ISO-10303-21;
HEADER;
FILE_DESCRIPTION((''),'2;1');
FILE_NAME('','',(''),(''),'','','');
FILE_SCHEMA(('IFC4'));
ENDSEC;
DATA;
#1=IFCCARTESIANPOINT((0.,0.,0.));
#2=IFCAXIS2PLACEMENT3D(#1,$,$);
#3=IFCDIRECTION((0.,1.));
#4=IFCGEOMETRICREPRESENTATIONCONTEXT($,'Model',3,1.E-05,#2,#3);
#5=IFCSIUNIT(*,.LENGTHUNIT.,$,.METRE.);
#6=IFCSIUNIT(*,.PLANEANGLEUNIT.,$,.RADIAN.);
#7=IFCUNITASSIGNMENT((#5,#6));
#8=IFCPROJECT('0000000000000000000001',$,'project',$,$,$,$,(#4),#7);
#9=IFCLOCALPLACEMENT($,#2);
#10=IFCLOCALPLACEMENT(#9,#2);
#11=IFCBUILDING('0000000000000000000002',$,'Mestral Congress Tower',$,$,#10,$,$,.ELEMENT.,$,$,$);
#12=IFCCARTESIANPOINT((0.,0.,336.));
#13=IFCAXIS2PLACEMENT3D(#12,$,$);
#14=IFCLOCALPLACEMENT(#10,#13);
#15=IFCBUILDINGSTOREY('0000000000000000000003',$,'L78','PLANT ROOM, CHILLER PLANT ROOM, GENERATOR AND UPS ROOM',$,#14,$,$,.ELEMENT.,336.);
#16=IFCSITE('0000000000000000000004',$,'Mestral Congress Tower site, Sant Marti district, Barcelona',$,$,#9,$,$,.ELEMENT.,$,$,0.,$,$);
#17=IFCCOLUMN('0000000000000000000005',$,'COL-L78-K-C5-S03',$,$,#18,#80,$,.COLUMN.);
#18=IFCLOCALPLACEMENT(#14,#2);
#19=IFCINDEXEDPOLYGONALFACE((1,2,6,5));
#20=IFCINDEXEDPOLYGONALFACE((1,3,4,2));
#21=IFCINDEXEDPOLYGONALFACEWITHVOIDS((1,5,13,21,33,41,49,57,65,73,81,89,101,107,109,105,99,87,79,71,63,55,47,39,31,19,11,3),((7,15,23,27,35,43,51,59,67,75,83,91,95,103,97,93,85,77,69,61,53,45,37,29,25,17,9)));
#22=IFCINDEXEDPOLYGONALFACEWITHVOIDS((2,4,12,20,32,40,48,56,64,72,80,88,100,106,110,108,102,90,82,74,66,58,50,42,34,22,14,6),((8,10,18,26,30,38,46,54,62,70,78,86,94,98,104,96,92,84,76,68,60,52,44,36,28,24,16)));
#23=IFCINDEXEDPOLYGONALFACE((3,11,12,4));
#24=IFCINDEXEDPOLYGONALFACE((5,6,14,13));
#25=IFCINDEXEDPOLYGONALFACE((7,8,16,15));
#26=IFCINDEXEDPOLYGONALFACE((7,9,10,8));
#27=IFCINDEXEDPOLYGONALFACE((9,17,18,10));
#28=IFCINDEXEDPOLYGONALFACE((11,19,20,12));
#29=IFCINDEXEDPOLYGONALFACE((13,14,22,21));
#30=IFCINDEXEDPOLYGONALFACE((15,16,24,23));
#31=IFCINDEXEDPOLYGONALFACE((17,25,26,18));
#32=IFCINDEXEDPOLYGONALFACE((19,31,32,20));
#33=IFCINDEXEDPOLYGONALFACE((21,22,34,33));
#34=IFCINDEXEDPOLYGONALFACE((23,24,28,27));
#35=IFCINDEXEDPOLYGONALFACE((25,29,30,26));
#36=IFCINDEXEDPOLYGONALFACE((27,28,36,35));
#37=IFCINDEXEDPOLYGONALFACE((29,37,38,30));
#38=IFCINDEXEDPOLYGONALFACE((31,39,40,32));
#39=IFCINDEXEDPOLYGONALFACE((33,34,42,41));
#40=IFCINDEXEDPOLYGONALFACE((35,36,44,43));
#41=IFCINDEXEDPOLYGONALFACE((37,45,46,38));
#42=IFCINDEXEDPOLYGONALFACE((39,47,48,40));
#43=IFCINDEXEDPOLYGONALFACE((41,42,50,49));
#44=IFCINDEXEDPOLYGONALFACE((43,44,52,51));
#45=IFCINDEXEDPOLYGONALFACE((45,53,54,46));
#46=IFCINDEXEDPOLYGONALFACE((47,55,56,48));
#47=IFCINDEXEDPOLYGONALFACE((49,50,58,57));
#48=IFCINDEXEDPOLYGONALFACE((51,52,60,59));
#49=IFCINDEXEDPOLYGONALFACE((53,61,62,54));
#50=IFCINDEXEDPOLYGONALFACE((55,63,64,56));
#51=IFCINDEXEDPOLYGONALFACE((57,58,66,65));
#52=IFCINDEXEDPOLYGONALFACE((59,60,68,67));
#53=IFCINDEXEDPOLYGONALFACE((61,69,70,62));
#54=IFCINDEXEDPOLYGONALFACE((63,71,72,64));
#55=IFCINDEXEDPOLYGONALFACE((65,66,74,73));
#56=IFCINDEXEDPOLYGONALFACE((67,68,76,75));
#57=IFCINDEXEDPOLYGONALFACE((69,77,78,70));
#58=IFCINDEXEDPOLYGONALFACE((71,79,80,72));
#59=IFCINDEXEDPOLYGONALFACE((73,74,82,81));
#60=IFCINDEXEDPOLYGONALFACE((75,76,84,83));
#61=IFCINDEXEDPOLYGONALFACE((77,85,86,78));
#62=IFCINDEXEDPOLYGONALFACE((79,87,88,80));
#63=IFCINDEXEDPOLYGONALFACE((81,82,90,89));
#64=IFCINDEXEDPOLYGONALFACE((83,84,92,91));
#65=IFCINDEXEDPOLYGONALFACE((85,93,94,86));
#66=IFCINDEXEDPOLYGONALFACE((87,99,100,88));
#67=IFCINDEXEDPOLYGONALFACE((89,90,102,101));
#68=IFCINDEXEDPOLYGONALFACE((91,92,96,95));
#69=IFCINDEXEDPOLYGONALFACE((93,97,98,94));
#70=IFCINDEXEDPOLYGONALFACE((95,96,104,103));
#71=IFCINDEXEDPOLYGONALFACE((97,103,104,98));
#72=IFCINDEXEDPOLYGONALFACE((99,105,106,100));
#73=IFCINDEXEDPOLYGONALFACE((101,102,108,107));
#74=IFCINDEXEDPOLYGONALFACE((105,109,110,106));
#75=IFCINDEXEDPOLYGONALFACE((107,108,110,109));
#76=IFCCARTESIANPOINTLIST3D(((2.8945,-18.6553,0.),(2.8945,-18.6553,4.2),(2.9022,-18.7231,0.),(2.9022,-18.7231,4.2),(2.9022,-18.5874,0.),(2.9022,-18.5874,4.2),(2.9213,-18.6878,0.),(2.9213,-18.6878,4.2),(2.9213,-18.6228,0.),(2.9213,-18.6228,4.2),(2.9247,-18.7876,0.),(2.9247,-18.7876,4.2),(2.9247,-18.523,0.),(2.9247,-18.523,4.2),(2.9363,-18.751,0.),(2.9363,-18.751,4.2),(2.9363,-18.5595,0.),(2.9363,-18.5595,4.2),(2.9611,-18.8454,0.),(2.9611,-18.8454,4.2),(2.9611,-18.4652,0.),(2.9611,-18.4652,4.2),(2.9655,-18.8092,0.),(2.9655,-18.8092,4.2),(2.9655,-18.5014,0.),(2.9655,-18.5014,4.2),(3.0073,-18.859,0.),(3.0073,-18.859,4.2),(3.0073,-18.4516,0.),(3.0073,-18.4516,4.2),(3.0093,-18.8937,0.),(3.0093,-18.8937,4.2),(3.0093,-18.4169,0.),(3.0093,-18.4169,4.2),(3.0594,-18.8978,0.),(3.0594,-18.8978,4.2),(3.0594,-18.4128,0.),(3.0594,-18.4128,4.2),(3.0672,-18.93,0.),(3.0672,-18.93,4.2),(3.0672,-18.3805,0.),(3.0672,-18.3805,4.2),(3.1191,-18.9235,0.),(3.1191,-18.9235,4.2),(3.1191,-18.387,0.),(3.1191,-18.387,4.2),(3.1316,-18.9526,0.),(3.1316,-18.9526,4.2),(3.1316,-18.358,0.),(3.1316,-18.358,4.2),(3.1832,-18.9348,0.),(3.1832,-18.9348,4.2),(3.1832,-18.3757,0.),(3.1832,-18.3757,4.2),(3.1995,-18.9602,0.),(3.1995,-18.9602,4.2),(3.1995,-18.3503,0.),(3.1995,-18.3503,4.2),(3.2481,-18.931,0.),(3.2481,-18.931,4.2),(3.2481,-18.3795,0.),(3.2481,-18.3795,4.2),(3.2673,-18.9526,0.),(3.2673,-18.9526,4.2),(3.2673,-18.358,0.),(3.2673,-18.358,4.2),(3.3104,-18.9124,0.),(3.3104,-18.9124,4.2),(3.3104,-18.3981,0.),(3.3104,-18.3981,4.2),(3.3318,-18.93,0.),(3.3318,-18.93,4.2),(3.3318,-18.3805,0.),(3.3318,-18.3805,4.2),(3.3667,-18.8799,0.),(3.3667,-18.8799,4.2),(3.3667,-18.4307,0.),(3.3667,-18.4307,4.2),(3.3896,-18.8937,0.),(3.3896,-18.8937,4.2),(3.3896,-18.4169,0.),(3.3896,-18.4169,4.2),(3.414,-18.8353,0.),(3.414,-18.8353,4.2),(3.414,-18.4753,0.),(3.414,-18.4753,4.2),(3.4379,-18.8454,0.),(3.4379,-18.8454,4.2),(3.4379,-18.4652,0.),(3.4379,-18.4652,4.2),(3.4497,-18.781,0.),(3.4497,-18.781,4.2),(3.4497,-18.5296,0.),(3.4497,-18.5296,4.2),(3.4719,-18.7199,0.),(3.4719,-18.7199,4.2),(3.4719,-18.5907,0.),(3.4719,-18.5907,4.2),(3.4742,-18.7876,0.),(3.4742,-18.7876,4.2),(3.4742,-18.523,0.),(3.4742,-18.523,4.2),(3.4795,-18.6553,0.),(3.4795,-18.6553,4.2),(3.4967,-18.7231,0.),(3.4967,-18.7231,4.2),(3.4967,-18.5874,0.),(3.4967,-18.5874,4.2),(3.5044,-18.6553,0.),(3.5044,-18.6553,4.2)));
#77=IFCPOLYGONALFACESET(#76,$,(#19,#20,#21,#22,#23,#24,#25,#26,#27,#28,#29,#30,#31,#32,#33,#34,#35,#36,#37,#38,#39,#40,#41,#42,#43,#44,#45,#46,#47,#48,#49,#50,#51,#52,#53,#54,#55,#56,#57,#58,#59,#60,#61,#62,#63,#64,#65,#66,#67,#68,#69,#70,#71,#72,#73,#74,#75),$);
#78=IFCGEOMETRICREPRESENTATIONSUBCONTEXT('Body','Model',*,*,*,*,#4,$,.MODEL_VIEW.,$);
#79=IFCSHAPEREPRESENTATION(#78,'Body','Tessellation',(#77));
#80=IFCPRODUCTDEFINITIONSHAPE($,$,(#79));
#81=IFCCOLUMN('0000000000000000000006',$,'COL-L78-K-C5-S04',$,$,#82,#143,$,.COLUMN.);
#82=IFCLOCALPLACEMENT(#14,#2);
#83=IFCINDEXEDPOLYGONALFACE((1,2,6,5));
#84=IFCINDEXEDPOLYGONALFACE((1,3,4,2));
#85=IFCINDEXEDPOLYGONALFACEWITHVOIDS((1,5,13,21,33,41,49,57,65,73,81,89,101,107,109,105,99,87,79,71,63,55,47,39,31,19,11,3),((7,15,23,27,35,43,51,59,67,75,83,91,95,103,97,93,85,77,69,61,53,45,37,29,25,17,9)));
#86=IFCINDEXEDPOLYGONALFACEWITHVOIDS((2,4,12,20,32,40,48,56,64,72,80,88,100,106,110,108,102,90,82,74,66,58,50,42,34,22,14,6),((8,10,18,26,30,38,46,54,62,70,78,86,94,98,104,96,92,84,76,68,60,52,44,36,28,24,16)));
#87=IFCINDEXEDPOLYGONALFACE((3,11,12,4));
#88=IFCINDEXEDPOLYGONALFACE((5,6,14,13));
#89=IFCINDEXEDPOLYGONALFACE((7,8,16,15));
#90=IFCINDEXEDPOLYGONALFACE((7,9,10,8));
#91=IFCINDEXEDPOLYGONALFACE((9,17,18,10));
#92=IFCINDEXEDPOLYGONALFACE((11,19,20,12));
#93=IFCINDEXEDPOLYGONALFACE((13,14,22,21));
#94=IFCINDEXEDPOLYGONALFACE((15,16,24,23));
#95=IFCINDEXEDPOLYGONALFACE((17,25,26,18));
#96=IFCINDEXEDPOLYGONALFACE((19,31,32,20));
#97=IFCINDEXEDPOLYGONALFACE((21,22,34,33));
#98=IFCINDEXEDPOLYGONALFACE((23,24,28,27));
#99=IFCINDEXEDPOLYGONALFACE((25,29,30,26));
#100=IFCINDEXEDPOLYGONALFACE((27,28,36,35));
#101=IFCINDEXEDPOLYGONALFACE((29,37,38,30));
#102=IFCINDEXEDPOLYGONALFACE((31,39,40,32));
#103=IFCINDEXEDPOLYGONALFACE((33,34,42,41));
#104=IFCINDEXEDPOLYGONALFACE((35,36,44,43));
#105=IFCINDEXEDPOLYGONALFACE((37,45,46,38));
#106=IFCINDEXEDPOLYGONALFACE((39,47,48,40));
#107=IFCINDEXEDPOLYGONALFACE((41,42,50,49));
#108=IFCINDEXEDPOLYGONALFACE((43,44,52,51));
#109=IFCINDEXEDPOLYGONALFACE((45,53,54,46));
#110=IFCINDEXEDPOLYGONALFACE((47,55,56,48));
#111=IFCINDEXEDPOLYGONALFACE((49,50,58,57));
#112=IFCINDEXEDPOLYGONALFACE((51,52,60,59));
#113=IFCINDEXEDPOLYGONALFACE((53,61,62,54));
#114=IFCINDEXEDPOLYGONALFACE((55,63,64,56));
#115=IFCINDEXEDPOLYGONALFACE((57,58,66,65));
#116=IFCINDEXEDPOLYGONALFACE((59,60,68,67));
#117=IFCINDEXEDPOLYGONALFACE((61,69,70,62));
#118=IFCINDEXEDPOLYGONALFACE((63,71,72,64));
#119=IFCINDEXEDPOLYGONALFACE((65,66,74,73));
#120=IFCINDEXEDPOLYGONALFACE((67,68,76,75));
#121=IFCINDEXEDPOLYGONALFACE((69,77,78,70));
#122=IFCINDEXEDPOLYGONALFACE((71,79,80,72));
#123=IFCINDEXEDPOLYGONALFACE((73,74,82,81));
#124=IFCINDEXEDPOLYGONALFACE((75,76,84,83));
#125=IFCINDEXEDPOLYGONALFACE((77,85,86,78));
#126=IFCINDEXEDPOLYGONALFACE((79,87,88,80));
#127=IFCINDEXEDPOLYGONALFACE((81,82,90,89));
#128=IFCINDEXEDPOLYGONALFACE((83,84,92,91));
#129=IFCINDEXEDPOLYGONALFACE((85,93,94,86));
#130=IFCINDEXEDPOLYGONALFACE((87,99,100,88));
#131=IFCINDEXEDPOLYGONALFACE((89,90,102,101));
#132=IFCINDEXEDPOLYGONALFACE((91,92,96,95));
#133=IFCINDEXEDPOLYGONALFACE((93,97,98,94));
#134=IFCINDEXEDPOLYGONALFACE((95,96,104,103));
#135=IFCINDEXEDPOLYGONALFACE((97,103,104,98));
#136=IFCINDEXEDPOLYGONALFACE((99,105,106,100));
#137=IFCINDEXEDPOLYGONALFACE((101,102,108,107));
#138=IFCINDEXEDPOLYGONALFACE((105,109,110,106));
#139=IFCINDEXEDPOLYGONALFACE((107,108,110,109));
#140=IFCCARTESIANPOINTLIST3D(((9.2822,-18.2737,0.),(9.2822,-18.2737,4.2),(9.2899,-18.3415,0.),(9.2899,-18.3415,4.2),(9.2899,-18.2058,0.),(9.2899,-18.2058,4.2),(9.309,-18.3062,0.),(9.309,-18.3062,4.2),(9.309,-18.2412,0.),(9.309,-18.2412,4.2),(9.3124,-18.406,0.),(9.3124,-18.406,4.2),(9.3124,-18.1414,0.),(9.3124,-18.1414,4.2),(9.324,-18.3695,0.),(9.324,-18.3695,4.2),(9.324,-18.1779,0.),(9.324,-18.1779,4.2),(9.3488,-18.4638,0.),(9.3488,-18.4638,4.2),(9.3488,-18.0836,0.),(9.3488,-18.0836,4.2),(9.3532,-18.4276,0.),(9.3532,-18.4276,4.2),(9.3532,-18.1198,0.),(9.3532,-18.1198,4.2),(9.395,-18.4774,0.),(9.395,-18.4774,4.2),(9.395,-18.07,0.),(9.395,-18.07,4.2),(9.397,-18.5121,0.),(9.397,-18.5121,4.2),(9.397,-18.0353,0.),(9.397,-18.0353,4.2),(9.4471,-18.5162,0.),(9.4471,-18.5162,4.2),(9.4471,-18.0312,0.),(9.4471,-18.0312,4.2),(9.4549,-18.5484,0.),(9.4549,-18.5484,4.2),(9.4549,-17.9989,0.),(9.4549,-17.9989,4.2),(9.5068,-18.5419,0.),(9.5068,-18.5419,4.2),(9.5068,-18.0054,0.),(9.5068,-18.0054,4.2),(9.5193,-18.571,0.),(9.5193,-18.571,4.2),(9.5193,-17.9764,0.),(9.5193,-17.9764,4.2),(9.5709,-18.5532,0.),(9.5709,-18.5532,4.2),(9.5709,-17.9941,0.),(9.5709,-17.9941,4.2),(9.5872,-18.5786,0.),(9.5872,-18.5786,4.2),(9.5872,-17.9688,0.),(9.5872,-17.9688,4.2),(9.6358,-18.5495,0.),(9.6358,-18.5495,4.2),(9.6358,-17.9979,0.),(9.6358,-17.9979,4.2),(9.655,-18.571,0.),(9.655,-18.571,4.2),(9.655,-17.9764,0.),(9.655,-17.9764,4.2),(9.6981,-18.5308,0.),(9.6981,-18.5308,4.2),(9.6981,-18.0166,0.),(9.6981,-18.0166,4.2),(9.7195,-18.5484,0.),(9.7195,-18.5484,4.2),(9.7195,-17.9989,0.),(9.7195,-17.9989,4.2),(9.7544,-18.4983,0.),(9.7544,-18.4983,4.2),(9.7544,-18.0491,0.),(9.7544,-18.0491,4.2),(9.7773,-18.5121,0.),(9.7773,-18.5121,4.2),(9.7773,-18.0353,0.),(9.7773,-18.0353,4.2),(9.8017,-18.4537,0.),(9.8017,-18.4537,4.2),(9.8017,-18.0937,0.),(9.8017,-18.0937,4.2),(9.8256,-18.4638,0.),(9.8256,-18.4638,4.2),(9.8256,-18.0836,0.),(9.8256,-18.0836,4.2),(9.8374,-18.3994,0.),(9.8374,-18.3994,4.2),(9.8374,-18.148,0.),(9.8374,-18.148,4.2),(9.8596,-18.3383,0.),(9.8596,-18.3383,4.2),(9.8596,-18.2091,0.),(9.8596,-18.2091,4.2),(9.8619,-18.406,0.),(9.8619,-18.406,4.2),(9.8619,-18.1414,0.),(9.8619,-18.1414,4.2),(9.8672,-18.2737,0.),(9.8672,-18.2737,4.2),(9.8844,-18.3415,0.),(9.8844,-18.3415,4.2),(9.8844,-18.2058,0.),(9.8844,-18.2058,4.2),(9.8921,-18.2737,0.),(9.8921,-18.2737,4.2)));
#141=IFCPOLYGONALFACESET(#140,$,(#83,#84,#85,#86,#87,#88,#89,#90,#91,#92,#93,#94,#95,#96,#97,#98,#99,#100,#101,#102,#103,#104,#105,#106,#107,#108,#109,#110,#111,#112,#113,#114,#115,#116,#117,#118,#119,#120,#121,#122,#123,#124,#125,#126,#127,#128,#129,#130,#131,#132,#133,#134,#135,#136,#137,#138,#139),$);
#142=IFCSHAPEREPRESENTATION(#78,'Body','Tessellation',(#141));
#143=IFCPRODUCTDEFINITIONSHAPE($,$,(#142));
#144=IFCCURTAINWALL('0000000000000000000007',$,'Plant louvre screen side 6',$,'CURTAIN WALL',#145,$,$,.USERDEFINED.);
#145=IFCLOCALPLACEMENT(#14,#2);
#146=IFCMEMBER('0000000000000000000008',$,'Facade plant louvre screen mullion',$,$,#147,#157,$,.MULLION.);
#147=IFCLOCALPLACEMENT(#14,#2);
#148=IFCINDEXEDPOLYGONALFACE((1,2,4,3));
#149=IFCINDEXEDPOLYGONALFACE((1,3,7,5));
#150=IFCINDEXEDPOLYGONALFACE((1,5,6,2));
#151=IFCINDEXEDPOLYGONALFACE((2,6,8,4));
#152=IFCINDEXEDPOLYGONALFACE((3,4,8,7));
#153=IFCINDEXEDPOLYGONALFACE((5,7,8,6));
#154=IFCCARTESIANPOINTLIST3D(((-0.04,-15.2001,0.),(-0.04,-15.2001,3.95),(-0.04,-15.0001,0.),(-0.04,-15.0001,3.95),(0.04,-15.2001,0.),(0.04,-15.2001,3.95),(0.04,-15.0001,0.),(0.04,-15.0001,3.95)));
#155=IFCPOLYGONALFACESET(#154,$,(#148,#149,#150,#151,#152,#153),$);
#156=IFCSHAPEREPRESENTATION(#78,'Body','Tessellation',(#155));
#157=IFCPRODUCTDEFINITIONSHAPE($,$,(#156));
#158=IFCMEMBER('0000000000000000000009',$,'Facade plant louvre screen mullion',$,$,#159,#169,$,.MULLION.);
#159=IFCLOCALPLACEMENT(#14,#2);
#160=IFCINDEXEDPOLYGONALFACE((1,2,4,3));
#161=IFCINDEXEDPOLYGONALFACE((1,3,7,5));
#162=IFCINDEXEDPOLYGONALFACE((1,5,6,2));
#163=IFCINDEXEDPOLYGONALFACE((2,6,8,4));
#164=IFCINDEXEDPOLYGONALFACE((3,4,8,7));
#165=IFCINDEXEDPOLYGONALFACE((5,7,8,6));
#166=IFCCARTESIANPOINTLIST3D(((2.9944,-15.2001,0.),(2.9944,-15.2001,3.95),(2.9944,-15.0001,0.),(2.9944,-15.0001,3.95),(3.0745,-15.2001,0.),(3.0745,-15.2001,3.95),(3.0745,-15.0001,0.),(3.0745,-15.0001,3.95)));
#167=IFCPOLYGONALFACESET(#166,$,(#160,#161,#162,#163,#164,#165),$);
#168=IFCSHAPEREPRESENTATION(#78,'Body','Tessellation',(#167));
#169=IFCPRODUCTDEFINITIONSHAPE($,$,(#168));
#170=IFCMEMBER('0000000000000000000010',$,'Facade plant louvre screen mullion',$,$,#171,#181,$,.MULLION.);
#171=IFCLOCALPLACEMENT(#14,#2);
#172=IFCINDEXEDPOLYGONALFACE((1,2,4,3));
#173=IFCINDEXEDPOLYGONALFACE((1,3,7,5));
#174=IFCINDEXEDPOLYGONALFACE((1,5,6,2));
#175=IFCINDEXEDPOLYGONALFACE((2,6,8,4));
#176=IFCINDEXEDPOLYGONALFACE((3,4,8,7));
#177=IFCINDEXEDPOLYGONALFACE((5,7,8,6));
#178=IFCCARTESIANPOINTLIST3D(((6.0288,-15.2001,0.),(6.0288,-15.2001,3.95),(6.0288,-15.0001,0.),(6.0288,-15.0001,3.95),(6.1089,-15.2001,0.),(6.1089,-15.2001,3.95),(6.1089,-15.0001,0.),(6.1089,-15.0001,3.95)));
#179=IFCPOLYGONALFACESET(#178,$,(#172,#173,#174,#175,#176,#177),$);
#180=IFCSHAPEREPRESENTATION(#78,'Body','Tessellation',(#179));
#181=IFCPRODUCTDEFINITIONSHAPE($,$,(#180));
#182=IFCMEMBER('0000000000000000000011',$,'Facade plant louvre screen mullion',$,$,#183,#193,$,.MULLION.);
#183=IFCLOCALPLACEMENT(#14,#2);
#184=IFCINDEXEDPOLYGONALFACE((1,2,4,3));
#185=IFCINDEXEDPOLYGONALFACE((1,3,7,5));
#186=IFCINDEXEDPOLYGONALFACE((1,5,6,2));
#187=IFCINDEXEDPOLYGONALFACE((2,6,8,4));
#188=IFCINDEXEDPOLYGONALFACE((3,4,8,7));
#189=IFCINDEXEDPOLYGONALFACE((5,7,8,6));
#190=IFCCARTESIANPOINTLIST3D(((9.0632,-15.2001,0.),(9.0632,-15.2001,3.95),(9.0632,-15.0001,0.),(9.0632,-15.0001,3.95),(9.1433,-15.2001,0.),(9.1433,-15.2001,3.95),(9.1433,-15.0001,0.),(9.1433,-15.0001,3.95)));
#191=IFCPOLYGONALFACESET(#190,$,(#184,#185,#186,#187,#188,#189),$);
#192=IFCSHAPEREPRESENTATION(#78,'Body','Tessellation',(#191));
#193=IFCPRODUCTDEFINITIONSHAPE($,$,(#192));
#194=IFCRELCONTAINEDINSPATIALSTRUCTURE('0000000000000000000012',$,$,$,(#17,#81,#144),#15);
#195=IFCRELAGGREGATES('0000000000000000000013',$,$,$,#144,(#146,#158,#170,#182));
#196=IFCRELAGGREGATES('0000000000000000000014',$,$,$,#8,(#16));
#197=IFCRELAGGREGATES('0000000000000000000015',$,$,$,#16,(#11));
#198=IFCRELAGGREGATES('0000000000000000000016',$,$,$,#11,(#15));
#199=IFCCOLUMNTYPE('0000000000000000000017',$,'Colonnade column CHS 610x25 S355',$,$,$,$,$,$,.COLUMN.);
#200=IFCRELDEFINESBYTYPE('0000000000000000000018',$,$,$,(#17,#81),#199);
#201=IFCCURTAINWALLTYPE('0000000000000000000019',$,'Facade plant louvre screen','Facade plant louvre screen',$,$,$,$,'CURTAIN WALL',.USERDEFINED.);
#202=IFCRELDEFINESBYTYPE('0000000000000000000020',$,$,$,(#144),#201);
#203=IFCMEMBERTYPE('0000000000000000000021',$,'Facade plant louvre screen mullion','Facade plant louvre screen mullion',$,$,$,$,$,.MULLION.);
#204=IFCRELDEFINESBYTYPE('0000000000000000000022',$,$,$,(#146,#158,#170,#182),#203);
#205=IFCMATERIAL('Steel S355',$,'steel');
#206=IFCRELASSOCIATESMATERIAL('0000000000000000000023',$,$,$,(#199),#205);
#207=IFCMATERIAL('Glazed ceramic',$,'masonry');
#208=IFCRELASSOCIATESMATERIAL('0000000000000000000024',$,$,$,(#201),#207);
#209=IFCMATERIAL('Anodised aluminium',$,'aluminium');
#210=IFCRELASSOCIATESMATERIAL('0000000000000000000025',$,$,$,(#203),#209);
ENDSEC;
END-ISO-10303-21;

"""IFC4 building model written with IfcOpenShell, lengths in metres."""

from ifc_helpers import new_model, si_unit, direction, frame, origin, origin_2d, place, context, subcontext, project, spatial, rectangle, hollow_circle, extrude, material, material_profile, profile_set, type_object, element, aggregate, save


model = new_model("IFC4")

# Units and contexts
model_context = context("Model", 3, precision=1e-05, world=origin(), true_north=direction((0.0, 1.0)))
body_context = subcontext(model_context, "Body", "Model", "MODEL_VIEW")
ifc_project = project(units=[si_unit("LENGTHUNIT", "METRE"), si_unit("PLANEANGLEUNIT", "RADIAN")], contexts=[model_context])

# Site, building, storey
site_placement = place(None, origin())
site = spatial("IfcSite", under=ifc_project, at=site_placement, Name="Mestral Congress Tower site, Sant Marti district, Barcelona", CompositionType="ELEMENT", RefElevation=0.0)
building_placement = place(site_placement, origin())
building = spatial("IfcBuilding", under=site, at=building_placement, Name="Mestral Congress Tower", CompositionType="ELEMENT")
storey_placement = place(building_placement, frame((0.0, 0.0, 336.0)))
storey = spatial("IfcBuildingStorey", under=building, at=storey_placement, Name="L78", Description="PLANT ROOM, CHILLER PLANT ROOM, GENERATOR AND UPS ROOM", CompositionType="ELEMENT", Elevation=336.0)

# Columns
ifc_material_1 = material(Name="Steel S355", Category="steel")
ifc_material_profile_1 = material_profile(ifc_material_1, hollow_circle(Radius=0.3049, WallThickness=0.0249, at=origin_2d()), Name="CHS 610x25")
ifc_profile_set_1 = profile_set([ifc_material_profile_1], Name="Steel S355")
column_type = type_object("IfcColumnType", Name="Colonnade column CHS 610x25 S355", PredefinedType="COLUMN", material=ifc_profile_set_1)
for number, where, z_axis, x_axis, name in (
    (1, (3.1995, -18.6553, 0.0), (0.0, 0.0, 1.0), (1.0, 0.0, 0.0), "COL-L78-K-C5-S03"),
    (2, (9.5872, -18.2737, 0.0), (0.0, 0.0, 1.0), (1.0, 0.0, 0.0), "COL-L78-K-C5-S04"),
):
    element("IfcColumn", number, at=place(storey_placement, frame(where, z_axis=z_axis, x_axis=x_axis)), inside=storey, type_object=column_type, Name=name, PredefinedType="COLUMN", context=body_context, shape_type="SweptSolid", body=[
        extrude(hollow_circle(Radius=0.3049, WallThickness=0.0249, at=origin_2d()), origin(), (0.0, 0.0, 1.0), 4.2),
    ])

# Curtain wall, members
ifc_material_2 = material(Name="Glazed ceramic", Category="masonry")
curtain_wall_type = type_object("IfcCurtainWallType", Name="Facade plant louvre screen", Description="Facade plant louvre screen", ElementType="CURTAIN WALL", PredefinedType="USERDEFINED", material=ifc_material_2)
curtain_wall_placement = place(storey_placement, origin())
curtain_wall = element("IfcCurtainWall", 3, at=curtain_wall_placement, inside=storey, type_object=curtain_wall_type, Name="Plant louvre screen side 6", ObjectType="CURTAIN WALL", PredefinedType="USERDEFINED")
ifc_material_3 = material(Name="Anodised aluminium", Category="aluminium")
ifc_material_profile_2 = material_profile(ifc_material_3, rectangle(XDim=0.2, YDim=0.0801, at=origin_2d()), Name="CW6 mullion 200 x 80")
ifc_profile_set_2 = profile_set([ifc_material_profile_2], Name="Anodised aluminium")
member_type_1 = type_object("IfcMemberType", Name="Facade plant louvre screen mullion", Description="Facade plant louvre screen mullion", PredefinedType="MULLION", material=ifc_profile_set_2)
member_1_placement = place(storey_placement, frame((0.0, -15.1001, 0.0), z_axis=(0.0, 0.0, 1.0), x_axis=(0.0, -1.0, 0.0)))
member_1 = element("IfcMember", 4, at=member_1_placement, type_object=member_type_1, Name="Facade plant louvre screen mullion", PredefinedType="MULLION", context=body_context, shape_type="SweptSolid", body=[
    extrude(rectangle(XDim=0.2, YDim=0.0801, at=origin_2d()), origin(), (0.0, 0.0, 1.0), 3.95),
])
member_2_placement = place(storey_placement, frame((3.0344, -15.1001, 0.0), z_axis=(0.0, 0.0, 1.0), x_axis=(0.0, -1.0, 0.0)))
member_2 = element("IfcMember", 5, at=member_2_placement, type_object=member_type_1, Name="Facade plant louvre screen mullion", PredefinedType="MULLION", context=body_context, shape_type="SweptSolid", body=[
    extrude(rectangle(XDim=0.2, YDim=0.0801, at=origin_2d()), origin(), (0.0, 0.0, 1.0), 3.95),
])
member_3_placement = place(storey_placement, frame((6.0688, -15.1001, 0.0), z_axis=(0.0, 0.0, 1.0), x_axis=(0.0, -1.0, 0.0)))
member_3 = element("IfcMember", 6, at=member_3_placement, type_object=member_type_1, Name="Facade plant louvre screen mullion", PredefinedType="MULLION", context=body_context, shape_type="SweptSolid", body=[
    extrude(rectangle(XDim=0.2, YDim=0.0801, at=origin_2d()), origin(), (0.0, 0.0, 1.0), 3.95),
])
member_4_placement = place(storey_placement, frame((9.1033, -15.1001, 0.0), z_axis=(0.0, 0.0, 1.0), x_axis=(0.0, -1.0, 0.0)))
member_4 = element("IfcMember", 7, at=member_4_placement, type_object=member_type_1, Name="Facade plant louvre screen mullion", PredefinedType="MULLION", context=body_context, shape_type="SweptSolid", body=[
    extrude(rectangle(XDim=0.2, YDim=0.0801, at=origin_2d()), origin(), (0.0, 0.0, 1.0), 3.95),
])

aggregate(curtain_wall, [member_1, member_2, member_3, member_4])

save(model, "model.ifc")
